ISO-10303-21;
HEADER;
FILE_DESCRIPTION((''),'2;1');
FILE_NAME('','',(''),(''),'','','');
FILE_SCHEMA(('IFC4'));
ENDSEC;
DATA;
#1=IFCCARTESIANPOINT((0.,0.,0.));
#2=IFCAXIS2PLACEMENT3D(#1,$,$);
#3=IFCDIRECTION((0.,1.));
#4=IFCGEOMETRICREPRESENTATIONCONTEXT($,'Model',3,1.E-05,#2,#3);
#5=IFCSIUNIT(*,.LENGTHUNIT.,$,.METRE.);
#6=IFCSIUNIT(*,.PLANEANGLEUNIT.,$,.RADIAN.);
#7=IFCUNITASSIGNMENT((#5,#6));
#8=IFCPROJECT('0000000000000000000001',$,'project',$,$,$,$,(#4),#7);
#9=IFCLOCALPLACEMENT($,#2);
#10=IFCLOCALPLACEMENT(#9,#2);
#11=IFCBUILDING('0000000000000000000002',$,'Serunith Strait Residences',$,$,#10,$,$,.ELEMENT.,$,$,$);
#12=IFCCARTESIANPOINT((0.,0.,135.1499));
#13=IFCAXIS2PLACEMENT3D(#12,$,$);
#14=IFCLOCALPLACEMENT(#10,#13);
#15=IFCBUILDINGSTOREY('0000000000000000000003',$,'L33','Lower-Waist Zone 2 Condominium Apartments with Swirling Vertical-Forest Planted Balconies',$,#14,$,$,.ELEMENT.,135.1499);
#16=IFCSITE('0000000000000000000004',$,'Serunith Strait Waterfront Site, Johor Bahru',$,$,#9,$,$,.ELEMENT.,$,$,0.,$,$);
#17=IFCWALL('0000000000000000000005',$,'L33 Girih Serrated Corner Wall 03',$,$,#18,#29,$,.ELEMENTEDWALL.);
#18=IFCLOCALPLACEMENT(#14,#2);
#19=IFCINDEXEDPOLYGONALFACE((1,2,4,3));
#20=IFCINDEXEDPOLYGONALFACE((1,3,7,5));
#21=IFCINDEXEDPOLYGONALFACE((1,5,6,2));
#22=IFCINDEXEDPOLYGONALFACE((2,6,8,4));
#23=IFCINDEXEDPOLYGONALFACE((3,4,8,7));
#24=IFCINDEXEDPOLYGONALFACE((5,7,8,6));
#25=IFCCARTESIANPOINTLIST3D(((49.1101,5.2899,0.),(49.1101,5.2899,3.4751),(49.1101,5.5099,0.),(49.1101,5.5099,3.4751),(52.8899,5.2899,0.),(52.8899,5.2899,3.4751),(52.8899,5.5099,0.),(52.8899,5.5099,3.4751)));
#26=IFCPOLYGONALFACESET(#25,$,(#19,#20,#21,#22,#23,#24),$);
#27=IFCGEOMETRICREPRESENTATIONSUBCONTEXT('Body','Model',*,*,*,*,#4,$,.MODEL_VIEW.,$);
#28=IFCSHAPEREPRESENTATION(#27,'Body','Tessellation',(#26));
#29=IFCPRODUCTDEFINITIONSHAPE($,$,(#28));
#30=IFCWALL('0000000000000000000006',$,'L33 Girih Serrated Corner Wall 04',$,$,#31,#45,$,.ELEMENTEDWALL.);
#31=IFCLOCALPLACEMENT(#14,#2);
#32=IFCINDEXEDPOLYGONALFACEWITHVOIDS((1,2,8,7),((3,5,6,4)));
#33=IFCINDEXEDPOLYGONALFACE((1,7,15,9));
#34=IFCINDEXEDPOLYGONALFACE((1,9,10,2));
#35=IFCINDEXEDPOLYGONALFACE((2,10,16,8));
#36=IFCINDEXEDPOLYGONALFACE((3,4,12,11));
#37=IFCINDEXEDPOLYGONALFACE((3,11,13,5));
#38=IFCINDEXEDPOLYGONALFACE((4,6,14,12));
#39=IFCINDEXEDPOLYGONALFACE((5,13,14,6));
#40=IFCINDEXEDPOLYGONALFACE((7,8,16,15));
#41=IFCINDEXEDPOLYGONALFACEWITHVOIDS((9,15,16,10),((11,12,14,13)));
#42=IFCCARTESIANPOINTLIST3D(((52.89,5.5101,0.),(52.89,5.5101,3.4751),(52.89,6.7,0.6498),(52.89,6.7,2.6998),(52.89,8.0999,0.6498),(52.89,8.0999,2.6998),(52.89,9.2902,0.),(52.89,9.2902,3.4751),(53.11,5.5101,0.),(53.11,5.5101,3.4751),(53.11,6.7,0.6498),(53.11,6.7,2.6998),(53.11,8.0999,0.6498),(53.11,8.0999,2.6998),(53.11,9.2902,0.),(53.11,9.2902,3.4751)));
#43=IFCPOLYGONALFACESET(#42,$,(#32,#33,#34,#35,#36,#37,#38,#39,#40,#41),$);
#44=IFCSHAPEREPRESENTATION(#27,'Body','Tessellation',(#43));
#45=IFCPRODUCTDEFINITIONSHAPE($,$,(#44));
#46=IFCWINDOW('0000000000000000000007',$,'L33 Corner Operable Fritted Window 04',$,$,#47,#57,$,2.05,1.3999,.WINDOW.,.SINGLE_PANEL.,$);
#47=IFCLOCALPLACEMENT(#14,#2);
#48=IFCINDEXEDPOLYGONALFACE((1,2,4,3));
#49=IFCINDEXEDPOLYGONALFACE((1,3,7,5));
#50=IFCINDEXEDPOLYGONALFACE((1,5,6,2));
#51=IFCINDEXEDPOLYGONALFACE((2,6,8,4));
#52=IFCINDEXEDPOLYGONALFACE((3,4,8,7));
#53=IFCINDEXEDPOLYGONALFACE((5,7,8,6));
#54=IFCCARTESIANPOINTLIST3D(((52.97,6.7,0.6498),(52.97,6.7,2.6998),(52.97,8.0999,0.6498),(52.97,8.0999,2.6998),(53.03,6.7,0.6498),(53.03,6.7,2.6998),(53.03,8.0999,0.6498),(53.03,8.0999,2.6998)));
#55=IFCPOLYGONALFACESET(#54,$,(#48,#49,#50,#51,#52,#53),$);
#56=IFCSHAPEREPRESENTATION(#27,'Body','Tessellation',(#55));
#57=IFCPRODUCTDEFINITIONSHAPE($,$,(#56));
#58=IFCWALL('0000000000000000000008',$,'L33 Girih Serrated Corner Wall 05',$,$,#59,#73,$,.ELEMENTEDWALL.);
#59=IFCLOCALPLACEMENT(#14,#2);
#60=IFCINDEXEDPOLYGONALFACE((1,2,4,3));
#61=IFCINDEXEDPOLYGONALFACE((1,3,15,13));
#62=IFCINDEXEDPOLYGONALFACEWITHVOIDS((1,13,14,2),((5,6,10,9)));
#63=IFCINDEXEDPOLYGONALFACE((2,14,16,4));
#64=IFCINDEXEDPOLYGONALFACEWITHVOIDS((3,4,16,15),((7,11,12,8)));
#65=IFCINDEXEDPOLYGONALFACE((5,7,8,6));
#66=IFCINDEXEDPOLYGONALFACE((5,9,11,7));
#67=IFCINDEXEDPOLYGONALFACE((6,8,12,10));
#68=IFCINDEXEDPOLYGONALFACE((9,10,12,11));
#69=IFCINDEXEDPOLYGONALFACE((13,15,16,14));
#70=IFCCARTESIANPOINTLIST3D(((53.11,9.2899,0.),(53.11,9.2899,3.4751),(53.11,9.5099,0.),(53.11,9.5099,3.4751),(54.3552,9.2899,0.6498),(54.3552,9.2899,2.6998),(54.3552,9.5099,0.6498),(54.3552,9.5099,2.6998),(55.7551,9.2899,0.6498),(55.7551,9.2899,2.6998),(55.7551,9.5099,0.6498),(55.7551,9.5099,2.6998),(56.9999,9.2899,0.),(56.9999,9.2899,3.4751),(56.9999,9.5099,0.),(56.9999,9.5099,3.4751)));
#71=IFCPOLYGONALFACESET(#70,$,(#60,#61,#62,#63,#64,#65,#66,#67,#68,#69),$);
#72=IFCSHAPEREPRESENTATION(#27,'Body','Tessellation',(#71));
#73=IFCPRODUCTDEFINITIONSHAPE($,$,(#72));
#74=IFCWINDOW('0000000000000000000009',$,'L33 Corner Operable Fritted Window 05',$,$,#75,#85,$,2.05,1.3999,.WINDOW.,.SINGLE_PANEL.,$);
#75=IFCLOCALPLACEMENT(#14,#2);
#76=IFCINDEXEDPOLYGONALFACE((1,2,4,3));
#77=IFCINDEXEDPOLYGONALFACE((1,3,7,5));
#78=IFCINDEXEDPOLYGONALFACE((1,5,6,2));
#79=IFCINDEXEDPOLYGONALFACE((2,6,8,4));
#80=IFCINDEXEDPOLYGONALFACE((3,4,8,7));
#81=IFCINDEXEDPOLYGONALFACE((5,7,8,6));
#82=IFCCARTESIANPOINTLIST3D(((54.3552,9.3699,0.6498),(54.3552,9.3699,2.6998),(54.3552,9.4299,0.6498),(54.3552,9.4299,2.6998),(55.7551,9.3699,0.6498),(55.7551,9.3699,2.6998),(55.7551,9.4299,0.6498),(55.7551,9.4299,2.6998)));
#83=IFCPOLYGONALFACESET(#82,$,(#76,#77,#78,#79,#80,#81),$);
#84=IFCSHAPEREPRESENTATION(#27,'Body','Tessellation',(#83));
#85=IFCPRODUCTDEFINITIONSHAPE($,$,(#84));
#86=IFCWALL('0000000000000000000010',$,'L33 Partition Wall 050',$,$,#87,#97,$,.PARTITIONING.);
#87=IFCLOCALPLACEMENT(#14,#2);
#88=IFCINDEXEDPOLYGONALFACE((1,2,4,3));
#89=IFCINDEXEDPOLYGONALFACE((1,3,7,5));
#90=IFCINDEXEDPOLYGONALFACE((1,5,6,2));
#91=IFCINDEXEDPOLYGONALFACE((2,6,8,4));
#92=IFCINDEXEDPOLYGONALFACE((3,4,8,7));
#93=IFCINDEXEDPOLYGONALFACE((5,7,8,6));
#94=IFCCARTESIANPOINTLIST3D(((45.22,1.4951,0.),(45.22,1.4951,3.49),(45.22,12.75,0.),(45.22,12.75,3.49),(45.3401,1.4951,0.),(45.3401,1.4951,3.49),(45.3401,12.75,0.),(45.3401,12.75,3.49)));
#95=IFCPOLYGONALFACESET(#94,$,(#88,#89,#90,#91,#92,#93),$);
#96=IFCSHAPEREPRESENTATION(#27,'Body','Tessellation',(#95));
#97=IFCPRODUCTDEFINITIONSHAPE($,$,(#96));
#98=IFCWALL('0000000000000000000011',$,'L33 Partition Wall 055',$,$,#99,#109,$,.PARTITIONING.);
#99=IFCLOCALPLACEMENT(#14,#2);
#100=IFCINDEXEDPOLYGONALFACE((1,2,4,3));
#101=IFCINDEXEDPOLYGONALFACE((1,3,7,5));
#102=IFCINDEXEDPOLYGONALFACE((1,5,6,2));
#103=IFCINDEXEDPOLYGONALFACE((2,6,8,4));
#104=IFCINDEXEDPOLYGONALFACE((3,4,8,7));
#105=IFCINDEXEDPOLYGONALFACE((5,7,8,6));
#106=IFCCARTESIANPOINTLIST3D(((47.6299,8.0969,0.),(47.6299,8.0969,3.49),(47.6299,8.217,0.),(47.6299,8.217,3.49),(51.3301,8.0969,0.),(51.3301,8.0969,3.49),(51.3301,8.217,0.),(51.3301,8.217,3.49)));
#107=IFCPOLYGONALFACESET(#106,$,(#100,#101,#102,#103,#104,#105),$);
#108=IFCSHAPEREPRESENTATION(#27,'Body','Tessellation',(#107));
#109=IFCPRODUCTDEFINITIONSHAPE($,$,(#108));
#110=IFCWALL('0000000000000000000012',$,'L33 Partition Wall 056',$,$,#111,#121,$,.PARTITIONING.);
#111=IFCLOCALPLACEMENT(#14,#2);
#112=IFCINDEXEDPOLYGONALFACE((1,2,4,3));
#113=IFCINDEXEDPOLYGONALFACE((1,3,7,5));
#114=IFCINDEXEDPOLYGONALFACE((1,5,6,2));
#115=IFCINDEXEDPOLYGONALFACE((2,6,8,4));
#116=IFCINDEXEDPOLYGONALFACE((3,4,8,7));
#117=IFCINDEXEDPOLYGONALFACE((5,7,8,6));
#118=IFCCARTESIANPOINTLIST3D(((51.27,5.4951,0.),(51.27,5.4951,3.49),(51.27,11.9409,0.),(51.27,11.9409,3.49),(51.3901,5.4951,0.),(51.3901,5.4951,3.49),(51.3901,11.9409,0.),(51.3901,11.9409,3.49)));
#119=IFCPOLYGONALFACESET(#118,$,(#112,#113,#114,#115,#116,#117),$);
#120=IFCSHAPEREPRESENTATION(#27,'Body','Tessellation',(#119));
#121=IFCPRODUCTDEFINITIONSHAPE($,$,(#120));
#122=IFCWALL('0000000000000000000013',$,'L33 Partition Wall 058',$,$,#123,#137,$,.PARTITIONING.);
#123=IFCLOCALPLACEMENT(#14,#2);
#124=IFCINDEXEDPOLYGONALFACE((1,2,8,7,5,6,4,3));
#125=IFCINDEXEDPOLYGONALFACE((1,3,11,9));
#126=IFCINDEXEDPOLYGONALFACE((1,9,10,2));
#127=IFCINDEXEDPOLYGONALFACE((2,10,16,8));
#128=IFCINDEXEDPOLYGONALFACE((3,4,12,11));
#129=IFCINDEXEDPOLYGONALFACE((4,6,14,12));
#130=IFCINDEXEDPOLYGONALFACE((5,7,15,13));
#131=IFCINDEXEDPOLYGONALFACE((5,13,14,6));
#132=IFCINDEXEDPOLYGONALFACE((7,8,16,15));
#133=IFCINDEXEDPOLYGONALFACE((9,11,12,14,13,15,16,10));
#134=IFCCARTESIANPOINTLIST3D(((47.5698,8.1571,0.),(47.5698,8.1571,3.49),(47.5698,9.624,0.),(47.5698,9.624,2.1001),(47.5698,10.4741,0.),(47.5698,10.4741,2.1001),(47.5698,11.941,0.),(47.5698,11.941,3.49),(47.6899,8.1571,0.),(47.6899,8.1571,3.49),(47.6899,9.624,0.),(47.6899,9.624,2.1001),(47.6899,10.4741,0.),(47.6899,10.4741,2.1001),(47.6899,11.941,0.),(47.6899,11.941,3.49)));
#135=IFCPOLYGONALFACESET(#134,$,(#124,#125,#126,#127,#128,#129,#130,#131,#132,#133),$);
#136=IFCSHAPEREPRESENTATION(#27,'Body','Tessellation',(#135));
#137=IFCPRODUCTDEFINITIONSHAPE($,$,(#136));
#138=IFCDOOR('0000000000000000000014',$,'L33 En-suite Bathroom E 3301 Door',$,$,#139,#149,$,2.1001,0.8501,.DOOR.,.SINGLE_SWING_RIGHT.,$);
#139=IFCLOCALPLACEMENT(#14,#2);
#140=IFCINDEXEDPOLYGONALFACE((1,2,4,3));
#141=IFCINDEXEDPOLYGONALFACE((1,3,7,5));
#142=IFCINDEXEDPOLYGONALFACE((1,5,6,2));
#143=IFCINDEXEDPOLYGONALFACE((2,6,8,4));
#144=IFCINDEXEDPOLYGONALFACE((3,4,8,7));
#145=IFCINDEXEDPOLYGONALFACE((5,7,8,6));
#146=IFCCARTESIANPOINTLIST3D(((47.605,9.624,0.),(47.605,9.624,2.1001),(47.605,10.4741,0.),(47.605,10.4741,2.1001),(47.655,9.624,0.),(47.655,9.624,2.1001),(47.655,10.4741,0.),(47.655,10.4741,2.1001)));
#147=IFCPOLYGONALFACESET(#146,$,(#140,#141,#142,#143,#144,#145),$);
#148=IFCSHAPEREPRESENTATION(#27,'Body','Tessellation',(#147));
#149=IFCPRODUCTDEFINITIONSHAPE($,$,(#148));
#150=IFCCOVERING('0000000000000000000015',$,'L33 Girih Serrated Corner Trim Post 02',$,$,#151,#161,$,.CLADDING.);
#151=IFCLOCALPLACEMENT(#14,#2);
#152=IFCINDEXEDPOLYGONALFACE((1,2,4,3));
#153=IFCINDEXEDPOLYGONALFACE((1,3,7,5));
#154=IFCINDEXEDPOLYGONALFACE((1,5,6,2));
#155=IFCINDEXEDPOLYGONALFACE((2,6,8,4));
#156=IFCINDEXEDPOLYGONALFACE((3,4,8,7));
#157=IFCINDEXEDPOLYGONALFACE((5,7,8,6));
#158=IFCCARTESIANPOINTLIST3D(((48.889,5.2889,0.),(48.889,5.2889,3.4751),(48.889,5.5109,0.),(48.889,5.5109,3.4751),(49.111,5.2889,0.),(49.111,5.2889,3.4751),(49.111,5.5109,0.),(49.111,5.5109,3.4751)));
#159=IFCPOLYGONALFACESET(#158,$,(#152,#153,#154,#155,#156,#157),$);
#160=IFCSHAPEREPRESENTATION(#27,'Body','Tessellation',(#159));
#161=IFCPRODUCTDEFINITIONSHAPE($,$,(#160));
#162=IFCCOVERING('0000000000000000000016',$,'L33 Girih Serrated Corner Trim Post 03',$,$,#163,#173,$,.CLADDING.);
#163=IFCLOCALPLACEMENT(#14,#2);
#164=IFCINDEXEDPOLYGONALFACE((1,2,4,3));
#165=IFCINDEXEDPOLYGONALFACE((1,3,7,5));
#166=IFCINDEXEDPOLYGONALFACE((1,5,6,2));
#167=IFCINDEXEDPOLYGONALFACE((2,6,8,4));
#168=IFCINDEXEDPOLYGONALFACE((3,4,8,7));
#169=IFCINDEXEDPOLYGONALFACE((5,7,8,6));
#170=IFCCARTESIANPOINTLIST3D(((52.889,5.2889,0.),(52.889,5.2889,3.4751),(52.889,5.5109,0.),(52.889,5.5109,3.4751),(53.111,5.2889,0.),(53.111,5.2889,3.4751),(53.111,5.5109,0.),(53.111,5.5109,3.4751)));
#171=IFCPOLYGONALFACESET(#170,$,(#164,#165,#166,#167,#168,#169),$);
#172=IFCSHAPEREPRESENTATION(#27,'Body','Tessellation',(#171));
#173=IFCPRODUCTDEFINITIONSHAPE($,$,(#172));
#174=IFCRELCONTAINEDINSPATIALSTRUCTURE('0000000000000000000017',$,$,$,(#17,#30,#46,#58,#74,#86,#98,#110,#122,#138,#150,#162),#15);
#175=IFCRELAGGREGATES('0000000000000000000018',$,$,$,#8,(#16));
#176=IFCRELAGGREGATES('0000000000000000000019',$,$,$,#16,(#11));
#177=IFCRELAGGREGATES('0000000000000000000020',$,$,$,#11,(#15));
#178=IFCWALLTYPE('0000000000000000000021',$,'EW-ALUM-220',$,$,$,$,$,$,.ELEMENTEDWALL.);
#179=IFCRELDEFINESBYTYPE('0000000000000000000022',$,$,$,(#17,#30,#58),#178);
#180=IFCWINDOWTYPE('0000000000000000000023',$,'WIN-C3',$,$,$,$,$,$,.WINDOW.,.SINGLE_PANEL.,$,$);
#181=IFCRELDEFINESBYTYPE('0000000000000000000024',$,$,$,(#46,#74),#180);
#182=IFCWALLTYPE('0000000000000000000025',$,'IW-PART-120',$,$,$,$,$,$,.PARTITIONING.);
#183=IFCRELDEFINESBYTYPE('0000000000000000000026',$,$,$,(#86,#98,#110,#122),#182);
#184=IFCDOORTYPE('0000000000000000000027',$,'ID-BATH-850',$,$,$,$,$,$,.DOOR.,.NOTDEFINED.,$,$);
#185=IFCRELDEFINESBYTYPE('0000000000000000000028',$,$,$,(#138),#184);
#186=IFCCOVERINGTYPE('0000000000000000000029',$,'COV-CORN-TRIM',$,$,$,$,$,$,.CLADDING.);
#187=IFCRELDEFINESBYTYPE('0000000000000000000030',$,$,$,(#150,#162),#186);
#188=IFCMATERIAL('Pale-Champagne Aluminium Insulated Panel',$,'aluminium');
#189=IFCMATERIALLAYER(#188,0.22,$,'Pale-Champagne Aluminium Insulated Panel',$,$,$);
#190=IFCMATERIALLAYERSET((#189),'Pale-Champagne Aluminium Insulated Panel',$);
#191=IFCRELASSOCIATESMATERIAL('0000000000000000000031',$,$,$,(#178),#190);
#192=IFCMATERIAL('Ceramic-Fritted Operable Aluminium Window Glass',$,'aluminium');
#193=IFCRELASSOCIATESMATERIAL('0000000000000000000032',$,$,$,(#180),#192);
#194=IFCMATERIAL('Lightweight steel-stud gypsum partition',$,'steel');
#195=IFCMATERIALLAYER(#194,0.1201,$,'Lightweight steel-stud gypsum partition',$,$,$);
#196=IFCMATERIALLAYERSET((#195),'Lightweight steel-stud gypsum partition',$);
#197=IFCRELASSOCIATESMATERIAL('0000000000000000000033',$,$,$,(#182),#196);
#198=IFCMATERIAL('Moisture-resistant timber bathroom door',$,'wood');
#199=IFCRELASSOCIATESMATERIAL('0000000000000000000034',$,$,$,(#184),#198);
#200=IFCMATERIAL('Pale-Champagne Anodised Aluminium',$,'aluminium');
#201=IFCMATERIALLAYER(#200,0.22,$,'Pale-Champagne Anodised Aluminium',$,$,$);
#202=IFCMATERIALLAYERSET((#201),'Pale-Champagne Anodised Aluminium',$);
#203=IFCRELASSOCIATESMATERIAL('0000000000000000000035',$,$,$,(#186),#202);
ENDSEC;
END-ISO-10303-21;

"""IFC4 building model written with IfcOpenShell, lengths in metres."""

from ifc_helpers import new_model, si_unit, direction, frame, frame_2d, origin, origin_2d, place, context, subcontext, project, spatial, rectangle, extrude, source, transform, mapped, material, layer, layer_set, type_object, element, fill, save


model = new_model("IFC4")

# Units and contexts
model_context = context("Model", 3, precision=1e-05, world=origin(), true_north=direction((0.0, 1.0)))
body_context = subcontext(model_context, "Body", "Model", "MODEL_VIEW")
ifc_project = project(units=[si_unit("LENGTHUNIT", "METRE"), si_unit("PLANEANGLEUNIT", "RADIAN")], contexts=[model_context])

# Site, building, storey
site_placement = place(None, origin())
site = spatial("IfcSite", under=ifc_project, at=site_placement, Name="Serunith Strait Waterfront Site, Johor Bahru", CompositionType="ELEMENT", RefElevation=0.0)
building_placement = place(site_placement, origin())
building = spatial("IfcBuilding", under=site, at=building_placement, Name="Serunith Strait Residences", CompositionType="ELEMENT")
storey_placement = place(building_placement, frame((0.0, 0.0, 135.1499)))
storey = spatial("IfcBuildingStorey", under=building, at=storey_placement, Name="L33", Description="Lower-Waist Zone 2 Condominium Apartments with Swirling Vertical-Forest Planted Balconies", CompositionType="ELEMENT", Elevation=135.1499)

# Shared definitions
ifc_material_1 = material(Name="Pale-Champagne Anodised Aluminium", Category="aluminium")

# Shared definitions
ifc_material_2 = material(Name="Pale-Champagne Aluminium Insulated Panel", Category="aluminium")
ifc_layer_1 = layer(ifc_material_2, 0.22, Name="Pale-Champagne Aluminium Insulated Panel")
ifc_layer_set_1 = layer_set([ifc_layer_1], Name="Pale-Champagne Aluminium Insulated Panel")
wall_type_1 = type_object("IfcWallType", Name="EW-ALUM-220", PredefinedType="ELEMENTEDWALL", material=ifc_layer_set_1)
ifc_material_3 = material(Name="Ceramic-Fritted Operable Aluminium Window Glass", Category="aluminium")
window_type = type_object("IfcWindowType", Name="WIN-C3", PartitioningType="SINGLE_PANEL", PredefinedType="WINDOW", material=ifc_material_3)
shared_shape_1 = source(origin(), body_context, "Body", "SweptSolid", [
    extrude(rectangle(XDim=1.3999, YDim=2.05, at=frame_2d((0.7, 1.0249))), frame((0.0, 0.03, 0.0), z_axis=(0.0, -1.0, 0.0), x_axis=(1.0, 0.0, 0.0)), (0.0, 0.0, 1.0), 0.0601),
])

# Wall
wall_1_placement = place(storey_placement, frame((49.1101, 5.3999, 0.0), z_axis=(0.0, 0.0, 1.0), x_axis=(1.0, 0.0, 0.0)))
element("IfcWall", 1, at=wall_1_placement, inside=storey, type_object=wall_type_1, Name="L33 Girih Serrated Corner Wall 03", PredefinedType="ELEMENTEDWALL", context=body_context, shape_type="SweptSolid", body=[
    extrude(rectangle(XDim=3.7798, YDim=0.22, at=frame_2d((1.8899, 0.0))), origin(), (0.0, 0.0, 1.0), 3.4751),
])

# Walls, openings, windows
wall_2_placement = place(storey_placement, frame((53.0, 5.51, 0.0), z_axis=(0.0, 0.0, 1.0), x_axis=(0.0, 1.0, 0.0)))
wall_2 = element("IfcWall", 2, at=wall_2_placement, inside=storey, type_object=wall_type_1, Name="L33 Girih Serrated Corner Wall 04", PredefinedType="ELEMENTEDWALL", context=body_context, shape_type="SweptSolid", body=[
    extrude(rectangle(XDim=3.78, YDim=0.22, at=frame_2d((1.8901, 0.0))), origin(), (0.0, 0.0, 1.0), 3.4751),
])
opening_1_placement = place(wall_2_placement, frame((1.1899, 0.0, 0.6499)))
opening_1 = element("IfcOpeningElement", 3, at=opening_1_placement, cuts=wall_2, PredefinedType="OPENING", context=body_context, shape_type="SweptSolid", body=[
    extrude(rectangle(XDim=1.3999, YDim=2.05, at=frame_2d((0.7, 1.0249))), frame((0.0, 0.1201, 0.0), z_axis=(0.0, -1.0, 0.0), x_axis=(1.0, 0.0, 0.0)), (0.0, 0.0, 1.0), 0.24),
])
window_1_placement = place(opening_1_placement, origin())
window_1 = element("IfcWindow", 4, at=window_1_placement, inside=storey, type_object=window_type, Name="L33 Corner Operable Fritted Window 04", OverallHeight=2.05, OverallWidth=1.3999, PartitioningType="SINGLE_PANEL", PredefinedType="WINDOW", context=body_context, shape_type="MappedRepresentation", body=[
    mapped(shared_shape_1, transform((0.0, 0.0, 0.0), scale=1.0)),
])
fill(opening_1, window_1)
wall_3_placement = place(storey_placement, frame((53.1101, 9.3999, 0.0), z_axis=(0.0, 0.0, 1.0), x_axis=(1.0, 0.0, 0.0)))
wall_3 = element("IfcWall", 5, at=wall_3_placement, inside=storey, type_object=wall_type_1, Name="L33 Girih Serrated Corner Wall 05", PredefinedType="ELEMENTEDWALL", context=body_context, shape_type="SweptSolid", body=[
    extrude(rectangle(XDim=3.8899, YDim=0.22, at=frame_2d((1.9448, 0.0))), origin(), (0.0, 0.0, 1.0), 3.4751),
])
opening_2_placement = place(wall_3_placement, frame((1.2451, 0.0, 0.6499)))
opening_2 = element("IfcOpeningElement", 6, at=opening_2_placement, cuts=wall_3, PredefinedType="OPENING", context=body_context, shape_type="SweptSolid", body=[
    extrude(rectangle(XDim=1.3999, YDim=2.05, at=frame_2d((0.7, 1.0249))), frame((0.0, 0.1201, 0.0), z_axis=(0.0, -1.0, 0.0), x_axis=(1.0, 0.0, 0.0)), (0.0, 0.0, 1.0), 0.24),
])
window_2_placement = place(opening_2_placement, origin())
window_2 = element("IfcWindow", 7, at=window_2_placement, inside=storey, type_object=window_type, Name="L33 Corner Operable Fritted Window 05", OverallHeight=2.05, OverallWidth=1.3999, PartitioningType="SINGLE_PANEL", PredefinedType="WINDOW", context=body_context, shape_type="MappedRepresentation", body=[
    mapped(shared_shape_1, transform((0.0, 0.0, 0.0), scale=1.0)),
])
fill(opening_2, window_2)

# Walls
ifc_material_4 = material(Name="Lightweight steel-stud gypsum partition", Category="steel")
ifc_layer_2 = layer(ifc_material_4, 0.1201, Name="Lightweight steel-stud gypsum partition")
ifc_layer_set_2 = layer_set([ifc_layer_2], Name="Lightweight steel-stud gypsum partition")
wall_type_2 = type_object("IfcWallType", Name="IW-PART-120", PredefinedType="PARTITIONING", material=ifc_layer_set_2)
wall_4_placement = place(storey_placement, frame((45.28, 1.4951, 0.0), z_axis=(0.0, 0.0, 1.0), x_axis=(0.0, 1.0, 0.0)))
element("IfcWall", 8, at=wall_4_placement, inside=storey, type_object=wall_type_2, Name="L33 Partition Wall 050", PredefinedType="PARTITIONING", context=body_context, shape_type="SweptSolid", body=[
    extrude(rectangle(XDim=11.2549, YDim=0.1201, at=frame_2d((5.6274, 0.0))), origin(), (0.0, 0.0, 1.0), 3.49),
])
wall_5_placement = place(storey_placement, frame((47.6299, 8.157, 0.0), z_axis=(0.0, 0.0, 1.0), x_axis=(1.0, 0.0, 0.0)))
element("IfcWall", 9, at=wall_5_placement, inside=storey, type_object=wall_type_2, Name="L33 Partition Wall 055", PredefinedType="PARTITIONING", context=body_context, shape_type="SweptSolid", body=[
    extrude(rectangle(XDim=3.7002, YDim=0.1201, at=frame_2d((1.8501, 0.0))), origin(), (0.0, 0.0, 1.0), 3.49),
])
wall_6_placement = place(storey_placement, frame((51.3301, 5.4951, 0.0), z_axis=(0.0, 0.0, 1.0), x_axis=(0.0, 1.0, 0.0)))
element("IfcWall", 10, at=wall_6_placement, inside=storey, type_object=wall_type_2, Name="L33 Partition Wall 056", PredefinedType="PARTITIONING", context=body_context, shape_type="SweptSolid", body=[
    extrude(rectangle(XDim=6.4458, YDim=0.1201, at=frame_2d((3.2229, 0.0))), origin(), (0.0, 0.0, 1.0), 3.49),
])

# Wall, opening, door
wall_7_placement = place(storey_placement, frame((47.6299, 8.157, 0.0), z_axis=(0.0, 0.0, 1.0), x_axis=(0.0, 1.0, 0.0)))
wall_7 = element("IfcWall", 11, at=wall_7_placement, inside=storey, type_object=wall_type_2, Name="L33 Partition Wall 058", PredefinedType="PARTITIONING", context=body_context, shape_type="SweptSolid", body=[
    extrude(rectangle(XDim=3.7839, YDim=0.1201, at=frame_2d((1.8921, 0.0))), origin(), (0.0, 0.0, 1.0), 3.49),
])
opening_3_placement = place(wall_7_placement, frame((1.467, 0.0, 0.0)))
opening_3 = element("IfcOpeningElement", 12, at=opening_3_placement, cuts=wall_7, PredefinedType="OPENING", context=body_context, shape_type="SweptSolid", body=[
    extrude(rectangle(XDim=0.8501, YDim=2.1001, at=frame_2d((0.425, 1.05))), frame((0.0, 0.0701, 0.0), z_axis=(0.0, -1.0, 0.0), x_axis=(1.0, 0.0, 0.0)), (0.0, 0.0, 1.0), 0.1401),
])
ifc_material_5 = material(Name="Moisture-resistant timber bathroom door", Category="wood")
door_type = type_object("IfcDoorType", Name="ID-BATH-850", OperationType="NOTDEFINED", PredefinedType="DOOR", material=ifc_material_5)
shared_shape_2 = source(origin(), body_context, "Body", "SweptSolid", [
    extrude(rectangle(XDim=0.8501, YDim=2.1001, at=frame_2d((0.425, 1.05))), frame((0.0, 0.0249, 0.0), z_axis=(0.0, -1.0, 0.0), x_axis=(1.0, 0.0, 0.0)), (0.0, 0.0, 1.0), 0.05),
])
door_placement = place(opening_3_placement, origin())
door = element("IfcDoor", 13, at=door_placement, inside=storey, type_object=door_type, Name="L33 En-suite Bathroom E 3301 Door", OperationType="SINGLE_SWING_RIGHT", OverallHeight=2.1001, OverallWidth=0.8501, PredefinedType="DOOR", context=body_context, shape_type="MappedRepresentation", body=[
    mapped(shared_shape_2, transform((0.0, 0.0, 0.0), scale=1.0)),
])
fill(opening_3, door)

# Coverings
ifc_layer_3 = layer(ifc_material_1, 0.22, Name="Pale-Champagne Anodised Aluminium")
ifc_layer_set_3 = layer_set([ifc_layer_3], Name="Pale-Champagne Anodised Aluminium")
covering_type = type_object("IfcCoveringType", Name="COV-CORN-TRIM", PredefinedType="CLADDING", material=ifc_layer_set_3)
shared_shape_3 = source(origin(), body_context, "Body", "SweptSolid", [
    extrude(rectangle(XDim=0.2219, YDim=0.2219, at=origin_2d()), origin(), (0.0, 0.0, 1.0), 3.4751),
])
for number, where, z_axis, x_axis, name in (
    (14, (49.0, 5.3999, 0.0), (0.0, 0.0, 1.0), (1.0, 0.0, 0.0), "L33 Girih Serrated Corner Trim Post 02"),
    (15, (53.0, 5.3999, 0.0), (0.0, 0.0, 1.0), (1.0, 0.0, 0.0), "L33 Girih Serrated Corner Trim Post 03"),
):
    element("IfcCovering", number, at=place(storey_placement, frame(where, z_axis=z_axis, x_axis=x_axis)), inside=storey, type_object=covering_type, Name=name, PredefinedType="CLADDING", context=body_context, shape_type="MappedRepresentation", body=[
        mapped(shared_shape_3, transform((0.0, 0.0, 0.0), scale=1.0)),
    ])

save(model, "model.ifc")
